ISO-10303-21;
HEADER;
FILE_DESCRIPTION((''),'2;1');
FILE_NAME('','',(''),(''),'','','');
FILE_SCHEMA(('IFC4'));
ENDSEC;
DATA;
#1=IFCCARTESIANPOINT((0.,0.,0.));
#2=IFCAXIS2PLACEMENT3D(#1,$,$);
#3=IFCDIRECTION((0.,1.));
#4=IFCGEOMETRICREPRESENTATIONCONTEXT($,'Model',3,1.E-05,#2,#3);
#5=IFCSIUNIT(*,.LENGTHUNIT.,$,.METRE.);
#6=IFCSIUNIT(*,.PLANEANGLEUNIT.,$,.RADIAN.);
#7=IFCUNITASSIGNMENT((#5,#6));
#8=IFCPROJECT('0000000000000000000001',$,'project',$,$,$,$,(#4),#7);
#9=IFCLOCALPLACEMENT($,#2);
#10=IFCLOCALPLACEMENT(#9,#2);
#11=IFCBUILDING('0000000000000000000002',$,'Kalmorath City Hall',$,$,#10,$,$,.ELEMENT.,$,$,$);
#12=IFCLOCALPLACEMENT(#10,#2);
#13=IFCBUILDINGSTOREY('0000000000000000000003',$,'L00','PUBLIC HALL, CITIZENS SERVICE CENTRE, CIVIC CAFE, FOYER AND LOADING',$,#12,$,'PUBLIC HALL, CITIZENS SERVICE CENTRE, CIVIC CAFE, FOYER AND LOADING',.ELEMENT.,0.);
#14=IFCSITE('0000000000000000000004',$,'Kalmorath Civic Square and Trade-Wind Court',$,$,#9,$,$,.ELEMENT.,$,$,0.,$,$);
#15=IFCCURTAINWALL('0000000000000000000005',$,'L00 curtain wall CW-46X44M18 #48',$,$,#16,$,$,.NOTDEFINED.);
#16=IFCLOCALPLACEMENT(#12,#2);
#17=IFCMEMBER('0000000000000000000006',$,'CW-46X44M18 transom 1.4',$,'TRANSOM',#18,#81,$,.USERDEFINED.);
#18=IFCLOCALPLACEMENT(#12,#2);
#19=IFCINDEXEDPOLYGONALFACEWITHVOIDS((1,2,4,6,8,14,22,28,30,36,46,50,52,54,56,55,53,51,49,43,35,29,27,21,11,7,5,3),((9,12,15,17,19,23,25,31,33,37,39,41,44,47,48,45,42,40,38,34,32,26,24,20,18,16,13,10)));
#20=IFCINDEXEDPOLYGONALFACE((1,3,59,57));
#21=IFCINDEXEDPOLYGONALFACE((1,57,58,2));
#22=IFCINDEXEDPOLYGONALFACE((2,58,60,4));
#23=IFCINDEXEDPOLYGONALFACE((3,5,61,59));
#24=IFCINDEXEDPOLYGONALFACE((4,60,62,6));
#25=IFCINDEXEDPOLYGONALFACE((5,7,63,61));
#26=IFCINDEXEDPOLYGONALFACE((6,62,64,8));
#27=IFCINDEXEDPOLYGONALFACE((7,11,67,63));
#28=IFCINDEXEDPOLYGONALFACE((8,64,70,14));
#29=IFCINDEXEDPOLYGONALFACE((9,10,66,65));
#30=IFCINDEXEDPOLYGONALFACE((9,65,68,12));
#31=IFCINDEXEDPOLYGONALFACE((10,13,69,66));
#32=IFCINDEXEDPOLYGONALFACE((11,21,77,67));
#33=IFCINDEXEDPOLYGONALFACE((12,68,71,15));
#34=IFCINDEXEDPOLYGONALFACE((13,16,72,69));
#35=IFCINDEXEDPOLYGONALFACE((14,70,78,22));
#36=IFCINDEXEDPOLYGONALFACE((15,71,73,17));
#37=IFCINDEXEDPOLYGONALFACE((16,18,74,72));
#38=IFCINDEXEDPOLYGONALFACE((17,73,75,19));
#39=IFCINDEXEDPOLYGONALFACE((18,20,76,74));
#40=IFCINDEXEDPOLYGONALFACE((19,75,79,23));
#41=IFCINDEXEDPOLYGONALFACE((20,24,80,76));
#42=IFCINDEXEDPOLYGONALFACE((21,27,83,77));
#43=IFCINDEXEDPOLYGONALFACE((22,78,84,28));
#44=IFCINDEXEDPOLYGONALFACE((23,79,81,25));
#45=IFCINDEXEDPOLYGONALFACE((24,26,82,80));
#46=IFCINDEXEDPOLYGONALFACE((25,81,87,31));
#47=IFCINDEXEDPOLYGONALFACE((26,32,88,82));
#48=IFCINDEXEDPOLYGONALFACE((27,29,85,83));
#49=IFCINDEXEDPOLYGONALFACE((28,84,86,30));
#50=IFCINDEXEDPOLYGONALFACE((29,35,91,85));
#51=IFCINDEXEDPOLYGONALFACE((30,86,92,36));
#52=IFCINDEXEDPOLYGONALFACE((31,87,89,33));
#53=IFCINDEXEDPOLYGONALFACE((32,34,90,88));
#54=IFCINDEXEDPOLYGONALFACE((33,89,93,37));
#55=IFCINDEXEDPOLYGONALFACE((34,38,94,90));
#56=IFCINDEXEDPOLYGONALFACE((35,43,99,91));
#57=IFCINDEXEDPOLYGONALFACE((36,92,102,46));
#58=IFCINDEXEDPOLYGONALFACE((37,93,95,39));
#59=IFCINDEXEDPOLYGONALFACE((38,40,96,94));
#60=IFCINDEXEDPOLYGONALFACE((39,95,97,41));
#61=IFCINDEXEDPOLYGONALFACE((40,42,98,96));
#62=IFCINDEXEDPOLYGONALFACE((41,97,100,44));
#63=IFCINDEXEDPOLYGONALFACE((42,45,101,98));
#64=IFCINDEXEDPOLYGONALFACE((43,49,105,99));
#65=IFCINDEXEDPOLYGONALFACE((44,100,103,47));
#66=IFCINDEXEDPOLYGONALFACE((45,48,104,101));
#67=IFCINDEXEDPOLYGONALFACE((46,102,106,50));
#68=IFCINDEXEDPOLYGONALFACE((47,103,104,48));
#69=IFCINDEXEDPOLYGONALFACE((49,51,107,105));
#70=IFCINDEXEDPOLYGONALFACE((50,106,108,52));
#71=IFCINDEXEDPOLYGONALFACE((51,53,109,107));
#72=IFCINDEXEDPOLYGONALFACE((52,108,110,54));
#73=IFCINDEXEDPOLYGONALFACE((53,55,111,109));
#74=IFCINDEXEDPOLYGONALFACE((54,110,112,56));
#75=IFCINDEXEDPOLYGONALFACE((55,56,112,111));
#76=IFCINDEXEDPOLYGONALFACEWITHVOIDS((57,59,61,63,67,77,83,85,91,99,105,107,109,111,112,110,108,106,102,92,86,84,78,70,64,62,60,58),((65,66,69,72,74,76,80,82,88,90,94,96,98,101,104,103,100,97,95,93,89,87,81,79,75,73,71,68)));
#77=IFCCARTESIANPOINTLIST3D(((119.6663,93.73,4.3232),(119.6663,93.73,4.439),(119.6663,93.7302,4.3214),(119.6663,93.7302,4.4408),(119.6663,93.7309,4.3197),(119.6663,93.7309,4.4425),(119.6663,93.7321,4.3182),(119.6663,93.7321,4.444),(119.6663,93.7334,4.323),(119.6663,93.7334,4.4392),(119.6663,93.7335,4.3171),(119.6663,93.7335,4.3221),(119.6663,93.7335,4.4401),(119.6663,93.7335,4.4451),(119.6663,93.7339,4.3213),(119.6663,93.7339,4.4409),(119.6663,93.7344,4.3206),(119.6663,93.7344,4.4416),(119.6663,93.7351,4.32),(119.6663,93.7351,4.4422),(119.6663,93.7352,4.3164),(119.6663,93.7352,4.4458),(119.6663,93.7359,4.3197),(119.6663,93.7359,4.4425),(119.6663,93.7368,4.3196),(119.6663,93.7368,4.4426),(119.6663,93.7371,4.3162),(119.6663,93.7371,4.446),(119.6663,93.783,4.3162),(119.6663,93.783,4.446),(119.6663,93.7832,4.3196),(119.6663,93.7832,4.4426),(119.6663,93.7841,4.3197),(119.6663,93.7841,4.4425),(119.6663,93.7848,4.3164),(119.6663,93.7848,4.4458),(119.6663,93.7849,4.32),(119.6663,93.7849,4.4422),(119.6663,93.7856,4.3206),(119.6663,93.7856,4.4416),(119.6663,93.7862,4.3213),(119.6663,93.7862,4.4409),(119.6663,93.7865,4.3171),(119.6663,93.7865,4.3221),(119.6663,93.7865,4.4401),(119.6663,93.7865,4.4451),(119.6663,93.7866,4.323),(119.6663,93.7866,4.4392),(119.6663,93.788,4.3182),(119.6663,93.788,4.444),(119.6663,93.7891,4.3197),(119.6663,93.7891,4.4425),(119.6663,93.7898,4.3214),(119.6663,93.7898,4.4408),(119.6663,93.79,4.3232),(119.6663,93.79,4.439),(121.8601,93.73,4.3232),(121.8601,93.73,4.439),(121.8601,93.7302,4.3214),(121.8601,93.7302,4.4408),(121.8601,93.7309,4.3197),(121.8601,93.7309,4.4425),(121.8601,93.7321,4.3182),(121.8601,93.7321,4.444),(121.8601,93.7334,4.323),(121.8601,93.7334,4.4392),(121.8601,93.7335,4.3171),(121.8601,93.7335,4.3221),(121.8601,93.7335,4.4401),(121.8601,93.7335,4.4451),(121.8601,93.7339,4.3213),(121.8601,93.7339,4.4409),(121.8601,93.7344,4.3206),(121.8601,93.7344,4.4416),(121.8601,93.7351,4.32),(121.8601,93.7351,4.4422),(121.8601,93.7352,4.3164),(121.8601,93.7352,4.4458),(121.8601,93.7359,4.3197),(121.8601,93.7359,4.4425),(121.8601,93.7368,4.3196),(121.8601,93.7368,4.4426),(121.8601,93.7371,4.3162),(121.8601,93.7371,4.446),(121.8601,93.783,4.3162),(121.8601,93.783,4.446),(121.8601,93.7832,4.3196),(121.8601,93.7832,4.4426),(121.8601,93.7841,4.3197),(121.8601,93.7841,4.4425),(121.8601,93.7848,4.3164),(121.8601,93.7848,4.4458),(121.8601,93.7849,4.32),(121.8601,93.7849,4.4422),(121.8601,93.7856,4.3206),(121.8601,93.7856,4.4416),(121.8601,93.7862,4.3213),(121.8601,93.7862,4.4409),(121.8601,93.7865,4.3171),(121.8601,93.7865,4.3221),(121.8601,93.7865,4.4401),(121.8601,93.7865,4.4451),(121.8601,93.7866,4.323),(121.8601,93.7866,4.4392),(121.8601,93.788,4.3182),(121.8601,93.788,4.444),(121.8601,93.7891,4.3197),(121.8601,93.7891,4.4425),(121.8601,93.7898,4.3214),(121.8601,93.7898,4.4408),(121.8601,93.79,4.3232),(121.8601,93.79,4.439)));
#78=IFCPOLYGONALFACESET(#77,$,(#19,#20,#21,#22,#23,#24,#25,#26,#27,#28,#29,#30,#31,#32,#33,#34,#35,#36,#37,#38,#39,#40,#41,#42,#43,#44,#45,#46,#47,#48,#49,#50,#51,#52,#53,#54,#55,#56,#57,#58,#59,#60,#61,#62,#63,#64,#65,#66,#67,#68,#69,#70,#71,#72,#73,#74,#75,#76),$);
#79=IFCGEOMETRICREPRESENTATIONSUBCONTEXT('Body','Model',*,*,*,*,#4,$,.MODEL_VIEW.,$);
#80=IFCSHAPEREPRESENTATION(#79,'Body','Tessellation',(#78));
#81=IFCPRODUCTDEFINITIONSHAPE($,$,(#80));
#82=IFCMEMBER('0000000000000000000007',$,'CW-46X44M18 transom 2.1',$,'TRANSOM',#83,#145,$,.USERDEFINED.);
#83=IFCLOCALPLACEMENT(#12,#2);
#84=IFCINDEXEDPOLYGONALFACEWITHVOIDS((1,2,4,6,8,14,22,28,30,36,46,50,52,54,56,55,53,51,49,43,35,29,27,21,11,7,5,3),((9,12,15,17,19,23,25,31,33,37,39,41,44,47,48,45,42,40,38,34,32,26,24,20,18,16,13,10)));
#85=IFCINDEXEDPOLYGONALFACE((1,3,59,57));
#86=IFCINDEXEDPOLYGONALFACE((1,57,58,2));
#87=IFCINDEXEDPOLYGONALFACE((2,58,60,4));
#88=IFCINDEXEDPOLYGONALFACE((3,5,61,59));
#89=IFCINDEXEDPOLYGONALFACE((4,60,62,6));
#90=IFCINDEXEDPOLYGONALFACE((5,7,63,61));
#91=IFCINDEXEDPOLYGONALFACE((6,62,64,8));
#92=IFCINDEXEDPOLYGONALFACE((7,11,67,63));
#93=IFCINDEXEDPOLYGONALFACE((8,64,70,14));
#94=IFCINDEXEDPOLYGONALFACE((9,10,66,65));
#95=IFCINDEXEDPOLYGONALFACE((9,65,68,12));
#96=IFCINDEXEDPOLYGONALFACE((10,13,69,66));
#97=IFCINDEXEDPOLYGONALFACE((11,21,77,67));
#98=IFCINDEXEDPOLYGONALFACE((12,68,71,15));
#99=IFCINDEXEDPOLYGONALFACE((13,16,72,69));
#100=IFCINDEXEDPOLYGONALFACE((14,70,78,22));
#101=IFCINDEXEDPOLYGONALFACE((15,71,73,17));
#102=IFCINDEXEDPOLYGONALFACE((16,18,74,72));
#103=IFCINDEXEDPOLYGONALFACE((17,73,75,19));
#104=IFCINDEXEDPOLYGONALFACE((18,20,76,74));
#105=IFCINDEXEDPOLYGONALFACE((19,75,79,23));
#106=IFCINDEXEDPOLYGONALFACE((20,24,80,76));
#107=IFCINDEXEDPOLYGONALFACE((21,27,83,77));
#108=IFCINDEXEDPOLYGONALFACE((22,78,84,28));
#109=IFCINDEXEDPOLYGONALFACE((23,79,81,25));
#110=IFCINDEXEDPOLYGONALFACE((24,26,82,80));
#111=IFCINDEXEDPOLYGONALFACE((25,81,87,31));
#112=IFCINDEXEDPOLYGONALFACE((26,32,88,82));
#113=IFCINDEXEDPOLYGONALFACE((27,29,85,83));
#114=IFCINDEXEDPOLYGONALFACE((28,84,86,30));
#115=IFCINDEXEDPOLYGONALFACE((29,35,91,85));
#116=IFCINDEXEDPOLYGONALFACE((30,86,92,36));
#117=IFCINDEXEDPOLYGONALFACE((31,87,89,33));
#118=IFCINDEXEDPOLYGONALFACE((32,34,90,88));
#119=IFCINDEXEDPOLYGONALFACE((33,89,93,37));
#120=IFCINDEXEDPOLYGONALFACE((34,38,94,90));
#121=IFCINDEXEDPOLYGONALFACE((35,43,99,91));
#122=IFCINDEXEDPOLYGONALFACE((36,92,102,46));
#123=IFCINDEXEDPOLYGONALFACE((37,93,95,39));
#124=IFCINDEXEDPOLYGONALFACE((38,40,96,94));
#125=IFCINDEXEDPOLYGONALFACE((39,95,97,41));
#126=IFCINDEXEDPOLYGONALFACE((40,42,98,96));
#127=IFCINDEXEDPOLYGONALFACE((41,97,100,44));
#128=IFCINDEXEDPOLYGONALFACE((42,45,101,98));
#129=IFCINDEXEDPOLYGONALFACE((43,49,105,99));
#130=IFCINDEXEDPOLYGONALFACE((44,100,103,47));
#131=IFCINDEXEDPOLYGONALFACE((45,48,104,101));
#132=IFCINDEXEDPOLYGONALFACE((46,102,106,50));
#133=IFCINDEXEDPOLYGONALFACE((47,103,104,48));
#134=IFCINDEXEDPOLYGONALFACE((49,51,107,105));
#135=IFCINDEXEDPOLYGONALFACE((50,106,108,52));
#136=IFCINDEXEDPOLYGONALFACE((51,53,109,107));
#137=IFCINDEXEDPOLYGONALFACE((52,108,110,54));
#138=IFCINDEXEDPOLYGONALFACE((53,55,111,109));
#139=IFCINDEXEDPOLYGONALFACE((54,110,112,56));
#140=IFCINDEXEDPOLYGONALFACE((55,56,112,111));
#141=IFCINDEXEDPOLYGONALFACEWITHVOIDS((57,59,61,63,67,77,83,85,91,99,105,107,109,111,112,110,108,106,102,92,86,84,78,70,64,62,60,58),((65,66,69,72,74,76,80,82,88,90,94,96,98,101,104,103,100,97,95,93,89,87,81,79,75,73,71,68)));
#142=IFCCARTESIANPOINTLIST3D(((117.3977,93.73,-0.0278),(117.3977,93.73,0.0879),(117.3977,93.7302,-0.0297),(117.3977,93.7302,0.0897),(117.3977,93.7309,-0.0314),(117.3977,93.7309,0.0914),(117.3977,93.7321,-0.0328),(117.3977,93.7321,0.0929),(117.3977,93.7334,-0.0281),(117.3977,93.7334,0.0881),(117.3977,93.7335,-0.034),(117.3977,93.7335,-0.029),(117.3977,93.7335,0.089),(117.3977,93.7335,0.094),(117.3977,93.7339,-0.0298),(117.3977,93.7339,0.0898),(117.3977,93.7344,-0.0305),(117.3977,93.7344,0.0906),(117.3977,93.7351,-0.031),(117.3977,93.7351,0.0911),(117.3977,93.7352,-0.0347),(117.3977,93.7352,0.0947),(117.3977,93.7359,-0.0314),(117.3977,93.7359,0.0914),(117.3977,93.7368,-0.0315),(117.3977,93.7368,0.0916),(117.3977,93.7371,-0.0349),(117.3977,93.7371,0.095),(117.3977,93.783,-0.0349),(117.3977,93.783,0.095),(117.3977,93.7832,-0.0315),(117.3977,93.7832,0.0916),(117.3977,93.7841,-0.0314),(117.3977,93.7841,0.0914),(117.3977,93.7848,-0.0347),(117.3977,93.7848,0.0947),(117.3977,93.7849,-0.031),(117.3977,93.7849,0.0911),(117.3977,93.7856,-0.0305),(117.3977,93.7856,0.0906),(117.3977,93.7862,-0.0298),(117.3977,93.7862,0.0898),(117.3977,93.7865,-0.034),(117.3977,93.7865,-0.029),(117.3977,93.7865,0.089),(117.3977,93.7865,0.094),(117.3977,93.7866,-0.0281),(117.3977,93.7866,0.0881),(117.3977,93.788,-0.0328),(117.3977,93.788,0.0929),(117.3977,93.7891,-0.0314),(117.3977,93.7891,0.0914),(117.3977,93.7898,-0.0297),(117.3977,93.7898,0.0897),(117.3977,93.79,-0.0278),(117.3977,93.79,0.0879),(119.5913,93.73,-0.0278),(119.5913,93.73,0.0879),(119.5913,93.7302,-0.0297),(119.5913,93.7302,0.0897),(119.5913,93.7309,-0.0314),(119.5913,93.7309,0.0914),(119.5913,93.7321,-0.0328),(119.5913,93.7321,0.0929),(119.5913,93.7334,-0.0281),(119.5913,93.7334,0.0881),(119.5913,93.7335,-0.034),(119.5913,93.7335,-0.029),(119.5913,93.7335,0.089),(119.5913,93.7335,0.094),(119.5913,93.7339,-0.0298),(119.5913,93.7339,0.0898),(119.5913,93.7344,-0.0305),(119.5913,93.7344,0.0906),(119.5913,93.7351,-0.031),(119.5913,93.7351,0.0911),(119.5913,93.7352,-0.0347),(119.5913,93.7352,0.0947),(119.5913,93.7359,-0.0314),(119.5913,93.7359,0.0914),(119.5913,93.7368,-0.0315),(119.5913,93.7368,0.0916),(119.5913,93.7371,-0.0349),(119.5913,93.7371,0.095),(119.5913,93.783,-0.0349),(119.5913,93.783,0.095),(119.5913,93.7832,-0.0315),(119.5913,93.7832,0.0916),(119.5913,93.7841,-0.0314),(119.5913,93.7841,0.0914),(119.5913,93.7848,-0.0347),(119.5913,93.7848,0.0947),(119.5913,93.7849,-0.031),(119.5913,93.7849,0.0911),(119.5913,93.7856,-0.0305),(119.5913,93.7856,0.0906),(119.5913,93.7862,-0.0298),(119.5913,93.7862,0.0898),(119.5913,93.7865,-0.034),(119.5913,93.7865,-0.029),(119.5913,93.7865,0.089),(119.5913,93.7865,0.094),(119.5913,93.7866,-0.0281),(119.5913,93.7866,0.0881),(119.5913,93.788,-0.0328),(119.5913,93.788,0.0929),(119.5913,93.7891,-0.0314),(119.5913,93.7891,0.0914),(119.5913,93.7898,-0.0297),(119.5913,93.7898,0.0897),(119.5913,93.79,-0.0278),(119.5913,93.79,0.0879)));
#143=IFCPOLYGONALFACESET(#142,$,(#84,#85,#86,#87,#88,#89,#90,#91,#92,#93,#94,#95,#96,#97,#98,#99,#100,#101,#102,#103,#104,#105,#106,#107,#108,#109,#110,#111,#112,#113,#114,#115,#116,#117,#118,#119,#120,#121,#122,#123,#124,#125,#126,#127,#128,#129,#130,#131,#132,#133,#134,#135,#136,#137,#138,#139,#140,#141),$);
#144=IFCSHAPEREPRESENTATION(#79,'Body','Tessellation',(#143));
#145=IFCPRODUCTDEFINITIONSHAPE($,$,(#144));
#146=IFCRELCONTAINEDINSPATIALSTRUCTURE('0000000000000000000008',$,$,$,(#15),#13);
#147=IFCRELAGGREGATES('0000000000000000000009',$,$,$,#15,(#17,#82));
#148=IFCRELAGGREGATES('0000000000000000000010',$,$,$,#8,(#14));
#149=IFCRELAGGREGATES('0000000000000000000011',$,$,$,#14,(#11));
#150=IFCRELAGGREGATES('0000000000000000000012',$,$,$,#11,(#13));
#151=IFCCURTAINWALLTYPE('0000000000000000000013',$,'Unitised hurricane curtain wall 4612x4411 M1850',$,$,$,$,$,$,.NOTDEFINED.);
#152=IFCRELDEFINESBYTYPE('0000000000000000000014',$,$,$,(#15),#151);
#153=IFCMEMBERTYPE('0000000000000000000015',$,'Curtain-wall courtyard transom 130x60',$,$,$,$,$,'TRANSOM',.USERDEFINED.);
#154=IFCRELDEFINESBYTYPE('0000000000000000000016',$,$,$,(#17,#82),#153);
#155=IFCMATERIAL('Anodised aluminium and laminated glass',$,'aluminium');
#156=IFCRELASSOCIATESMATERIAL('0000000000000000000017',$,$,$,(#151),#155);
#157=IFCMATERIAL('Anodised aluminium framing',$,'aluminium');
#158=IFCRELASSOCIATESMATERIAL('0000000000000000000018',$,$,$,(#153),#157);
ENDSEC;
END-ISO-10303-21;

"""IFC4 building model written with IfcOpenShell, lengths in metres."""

from ifc_helpers import new_model, si_unit, direction, frame, origin, origin_2d, place, context, subcontext, project, spatial, hollow_rectangle, extrude, material, material_profile, profile_set, type_object, element, aggregate, save


model = new_model("IFC4")

# Units and contexts
model_context = context("Model", 3, precision=1e-05, world=origin(), true_north=direction((0.0, 1.0)))
body_context = subcontext(model_context, "Body", "Model", "MODEL_VIEW")
ifc_project = project(units=[si_unit("LENGTHUNIT", "METRE"), si_unit("PLANEANGLEUNIT", "RADIAN")], contexts=[model_context])

# Site, building, storey
site_placement = place(None, origin())
site = spatial("IfcSite", under=ifc_project, at=site_placement, Name="Kalmorath Civic Square and Trade-Wind Court", CompositionType="ELEMENT", RefElevation=0.0)
building_placement = place(site_placement, origin())
building = spatial("IfcBuilding", under=site, at=building_placement, Name="Kalmorath City Hall", CompositionType="ELEMENT")
storey_placement = place(building_placement, origin())
storey = spatial("IfcBuildingStorey", under=building, at=storey_placement, Name="L00", Description="PUBLIC HALL, CITIZENS SERVICE CENTRE, CIVIC CAFE, FOYER AND LOADING", LongName="PUBLIC HALL, CITIZENS SERVICE CENTRE, CIVIC CAFE, FOYER AND LOADING", CompositionType="ELEMENT", Elevation=0.0)

# Curtain wall, members
ifc_material_1 = material(Name="Anodised aluminium and laminated glass", Category="aluminium")
curtain_wall_type = type_object("IfcCurtainWallType", Name="Unitised hurricane curtain wall 4612x4411 M1850", PredefinedType="NOTDEFINED", material=ifc_material_1)
curtain_wall_placement = place(storey_placement, origin())
curtain_wall = element("IfcCurtainWall", 1, at=curtain_wall_placement, inside=storey, type_object=curtain_wall_type, Name="L00 curtain wall CW-46X44M18 #48", PredefinedType="NOTDEFINED")
ifc_material_2 = material(Name="Anodised aluminium framing", Category="aluminium")
ifc_material_profile_1 = material_profile(ifc_material_2, hollow_rectangle(XDim=0.0601, YDim=0.1299, WallThickness=0.0034, InnerFilletRadius=0.0034, OuterFilletRadius=0.0071, at=origin_2d()), Name="ALU-TRN-130X60X3.5")
ifc_profile_set_1 = profile_set([ifc_material_profile_1], Name="Anodised aluminium framing")
member_type_1 = type_object("IfcMemberType", Name="Curtain-wall courtyard transom 130x60", ElementType="TRANSOM", PredefinedType="USERDEFINED", material=ifc_profile_set_1)
member_1_placement = place(storey_placement, frame((121.8601, 93.76, 4.3811), z_axis=(-1.0, 0.0, 0.0), x_axis=(0.0, -1.0, 0.0)))
member_1 = element("IfcMember", 2, at=member_1_placement, type_object=member_type_1, Name="CW-46X44M18 transom 1.4", ObjectType="TRANSOM", PredefinedType="USERDEFINED", context=body_context, shape_type="SweptSolid", body=[
    extrude(hollow_rectangle(XDim=0.0601, YDim=0.1299, WallThickness=0.0034, InnerFilletRadius=0.0034, OuterFilletRadius=0.0071, at=origin_2d()), origin(), (0.0, 0.0, 1.0), 2.1938),
])
member_2_placement = place(storey_placement, frame((119.5913, 93.76, 0.03), z_axis=(-1.0, 0.0, 0.0), x_axis=(0.0, -1.0, 0.0)))
member_2 = element("IfcMember", 3, at=member_2_placement, type_object=member_type_1, Name="CW-46X44M18 transom 2.1", ObjectType="TRANSOM", PredefinedType="USERDEFINED", context=body_context, shape_type="SweptSolid", body=[
    extrude(hollow_rectangle(XDim=0.0601, YDim=0.1299, WallThickness=0.0034, InnerFilletRadius=0.0034, OuterFilletRadius=0.0071, at=origin_2d()), origin(), (0.0, 0.0, 1.0), 2.1936),
])

aggregate(curtain_wall, [member_1, member_2])

save(model, "model.ifc")
